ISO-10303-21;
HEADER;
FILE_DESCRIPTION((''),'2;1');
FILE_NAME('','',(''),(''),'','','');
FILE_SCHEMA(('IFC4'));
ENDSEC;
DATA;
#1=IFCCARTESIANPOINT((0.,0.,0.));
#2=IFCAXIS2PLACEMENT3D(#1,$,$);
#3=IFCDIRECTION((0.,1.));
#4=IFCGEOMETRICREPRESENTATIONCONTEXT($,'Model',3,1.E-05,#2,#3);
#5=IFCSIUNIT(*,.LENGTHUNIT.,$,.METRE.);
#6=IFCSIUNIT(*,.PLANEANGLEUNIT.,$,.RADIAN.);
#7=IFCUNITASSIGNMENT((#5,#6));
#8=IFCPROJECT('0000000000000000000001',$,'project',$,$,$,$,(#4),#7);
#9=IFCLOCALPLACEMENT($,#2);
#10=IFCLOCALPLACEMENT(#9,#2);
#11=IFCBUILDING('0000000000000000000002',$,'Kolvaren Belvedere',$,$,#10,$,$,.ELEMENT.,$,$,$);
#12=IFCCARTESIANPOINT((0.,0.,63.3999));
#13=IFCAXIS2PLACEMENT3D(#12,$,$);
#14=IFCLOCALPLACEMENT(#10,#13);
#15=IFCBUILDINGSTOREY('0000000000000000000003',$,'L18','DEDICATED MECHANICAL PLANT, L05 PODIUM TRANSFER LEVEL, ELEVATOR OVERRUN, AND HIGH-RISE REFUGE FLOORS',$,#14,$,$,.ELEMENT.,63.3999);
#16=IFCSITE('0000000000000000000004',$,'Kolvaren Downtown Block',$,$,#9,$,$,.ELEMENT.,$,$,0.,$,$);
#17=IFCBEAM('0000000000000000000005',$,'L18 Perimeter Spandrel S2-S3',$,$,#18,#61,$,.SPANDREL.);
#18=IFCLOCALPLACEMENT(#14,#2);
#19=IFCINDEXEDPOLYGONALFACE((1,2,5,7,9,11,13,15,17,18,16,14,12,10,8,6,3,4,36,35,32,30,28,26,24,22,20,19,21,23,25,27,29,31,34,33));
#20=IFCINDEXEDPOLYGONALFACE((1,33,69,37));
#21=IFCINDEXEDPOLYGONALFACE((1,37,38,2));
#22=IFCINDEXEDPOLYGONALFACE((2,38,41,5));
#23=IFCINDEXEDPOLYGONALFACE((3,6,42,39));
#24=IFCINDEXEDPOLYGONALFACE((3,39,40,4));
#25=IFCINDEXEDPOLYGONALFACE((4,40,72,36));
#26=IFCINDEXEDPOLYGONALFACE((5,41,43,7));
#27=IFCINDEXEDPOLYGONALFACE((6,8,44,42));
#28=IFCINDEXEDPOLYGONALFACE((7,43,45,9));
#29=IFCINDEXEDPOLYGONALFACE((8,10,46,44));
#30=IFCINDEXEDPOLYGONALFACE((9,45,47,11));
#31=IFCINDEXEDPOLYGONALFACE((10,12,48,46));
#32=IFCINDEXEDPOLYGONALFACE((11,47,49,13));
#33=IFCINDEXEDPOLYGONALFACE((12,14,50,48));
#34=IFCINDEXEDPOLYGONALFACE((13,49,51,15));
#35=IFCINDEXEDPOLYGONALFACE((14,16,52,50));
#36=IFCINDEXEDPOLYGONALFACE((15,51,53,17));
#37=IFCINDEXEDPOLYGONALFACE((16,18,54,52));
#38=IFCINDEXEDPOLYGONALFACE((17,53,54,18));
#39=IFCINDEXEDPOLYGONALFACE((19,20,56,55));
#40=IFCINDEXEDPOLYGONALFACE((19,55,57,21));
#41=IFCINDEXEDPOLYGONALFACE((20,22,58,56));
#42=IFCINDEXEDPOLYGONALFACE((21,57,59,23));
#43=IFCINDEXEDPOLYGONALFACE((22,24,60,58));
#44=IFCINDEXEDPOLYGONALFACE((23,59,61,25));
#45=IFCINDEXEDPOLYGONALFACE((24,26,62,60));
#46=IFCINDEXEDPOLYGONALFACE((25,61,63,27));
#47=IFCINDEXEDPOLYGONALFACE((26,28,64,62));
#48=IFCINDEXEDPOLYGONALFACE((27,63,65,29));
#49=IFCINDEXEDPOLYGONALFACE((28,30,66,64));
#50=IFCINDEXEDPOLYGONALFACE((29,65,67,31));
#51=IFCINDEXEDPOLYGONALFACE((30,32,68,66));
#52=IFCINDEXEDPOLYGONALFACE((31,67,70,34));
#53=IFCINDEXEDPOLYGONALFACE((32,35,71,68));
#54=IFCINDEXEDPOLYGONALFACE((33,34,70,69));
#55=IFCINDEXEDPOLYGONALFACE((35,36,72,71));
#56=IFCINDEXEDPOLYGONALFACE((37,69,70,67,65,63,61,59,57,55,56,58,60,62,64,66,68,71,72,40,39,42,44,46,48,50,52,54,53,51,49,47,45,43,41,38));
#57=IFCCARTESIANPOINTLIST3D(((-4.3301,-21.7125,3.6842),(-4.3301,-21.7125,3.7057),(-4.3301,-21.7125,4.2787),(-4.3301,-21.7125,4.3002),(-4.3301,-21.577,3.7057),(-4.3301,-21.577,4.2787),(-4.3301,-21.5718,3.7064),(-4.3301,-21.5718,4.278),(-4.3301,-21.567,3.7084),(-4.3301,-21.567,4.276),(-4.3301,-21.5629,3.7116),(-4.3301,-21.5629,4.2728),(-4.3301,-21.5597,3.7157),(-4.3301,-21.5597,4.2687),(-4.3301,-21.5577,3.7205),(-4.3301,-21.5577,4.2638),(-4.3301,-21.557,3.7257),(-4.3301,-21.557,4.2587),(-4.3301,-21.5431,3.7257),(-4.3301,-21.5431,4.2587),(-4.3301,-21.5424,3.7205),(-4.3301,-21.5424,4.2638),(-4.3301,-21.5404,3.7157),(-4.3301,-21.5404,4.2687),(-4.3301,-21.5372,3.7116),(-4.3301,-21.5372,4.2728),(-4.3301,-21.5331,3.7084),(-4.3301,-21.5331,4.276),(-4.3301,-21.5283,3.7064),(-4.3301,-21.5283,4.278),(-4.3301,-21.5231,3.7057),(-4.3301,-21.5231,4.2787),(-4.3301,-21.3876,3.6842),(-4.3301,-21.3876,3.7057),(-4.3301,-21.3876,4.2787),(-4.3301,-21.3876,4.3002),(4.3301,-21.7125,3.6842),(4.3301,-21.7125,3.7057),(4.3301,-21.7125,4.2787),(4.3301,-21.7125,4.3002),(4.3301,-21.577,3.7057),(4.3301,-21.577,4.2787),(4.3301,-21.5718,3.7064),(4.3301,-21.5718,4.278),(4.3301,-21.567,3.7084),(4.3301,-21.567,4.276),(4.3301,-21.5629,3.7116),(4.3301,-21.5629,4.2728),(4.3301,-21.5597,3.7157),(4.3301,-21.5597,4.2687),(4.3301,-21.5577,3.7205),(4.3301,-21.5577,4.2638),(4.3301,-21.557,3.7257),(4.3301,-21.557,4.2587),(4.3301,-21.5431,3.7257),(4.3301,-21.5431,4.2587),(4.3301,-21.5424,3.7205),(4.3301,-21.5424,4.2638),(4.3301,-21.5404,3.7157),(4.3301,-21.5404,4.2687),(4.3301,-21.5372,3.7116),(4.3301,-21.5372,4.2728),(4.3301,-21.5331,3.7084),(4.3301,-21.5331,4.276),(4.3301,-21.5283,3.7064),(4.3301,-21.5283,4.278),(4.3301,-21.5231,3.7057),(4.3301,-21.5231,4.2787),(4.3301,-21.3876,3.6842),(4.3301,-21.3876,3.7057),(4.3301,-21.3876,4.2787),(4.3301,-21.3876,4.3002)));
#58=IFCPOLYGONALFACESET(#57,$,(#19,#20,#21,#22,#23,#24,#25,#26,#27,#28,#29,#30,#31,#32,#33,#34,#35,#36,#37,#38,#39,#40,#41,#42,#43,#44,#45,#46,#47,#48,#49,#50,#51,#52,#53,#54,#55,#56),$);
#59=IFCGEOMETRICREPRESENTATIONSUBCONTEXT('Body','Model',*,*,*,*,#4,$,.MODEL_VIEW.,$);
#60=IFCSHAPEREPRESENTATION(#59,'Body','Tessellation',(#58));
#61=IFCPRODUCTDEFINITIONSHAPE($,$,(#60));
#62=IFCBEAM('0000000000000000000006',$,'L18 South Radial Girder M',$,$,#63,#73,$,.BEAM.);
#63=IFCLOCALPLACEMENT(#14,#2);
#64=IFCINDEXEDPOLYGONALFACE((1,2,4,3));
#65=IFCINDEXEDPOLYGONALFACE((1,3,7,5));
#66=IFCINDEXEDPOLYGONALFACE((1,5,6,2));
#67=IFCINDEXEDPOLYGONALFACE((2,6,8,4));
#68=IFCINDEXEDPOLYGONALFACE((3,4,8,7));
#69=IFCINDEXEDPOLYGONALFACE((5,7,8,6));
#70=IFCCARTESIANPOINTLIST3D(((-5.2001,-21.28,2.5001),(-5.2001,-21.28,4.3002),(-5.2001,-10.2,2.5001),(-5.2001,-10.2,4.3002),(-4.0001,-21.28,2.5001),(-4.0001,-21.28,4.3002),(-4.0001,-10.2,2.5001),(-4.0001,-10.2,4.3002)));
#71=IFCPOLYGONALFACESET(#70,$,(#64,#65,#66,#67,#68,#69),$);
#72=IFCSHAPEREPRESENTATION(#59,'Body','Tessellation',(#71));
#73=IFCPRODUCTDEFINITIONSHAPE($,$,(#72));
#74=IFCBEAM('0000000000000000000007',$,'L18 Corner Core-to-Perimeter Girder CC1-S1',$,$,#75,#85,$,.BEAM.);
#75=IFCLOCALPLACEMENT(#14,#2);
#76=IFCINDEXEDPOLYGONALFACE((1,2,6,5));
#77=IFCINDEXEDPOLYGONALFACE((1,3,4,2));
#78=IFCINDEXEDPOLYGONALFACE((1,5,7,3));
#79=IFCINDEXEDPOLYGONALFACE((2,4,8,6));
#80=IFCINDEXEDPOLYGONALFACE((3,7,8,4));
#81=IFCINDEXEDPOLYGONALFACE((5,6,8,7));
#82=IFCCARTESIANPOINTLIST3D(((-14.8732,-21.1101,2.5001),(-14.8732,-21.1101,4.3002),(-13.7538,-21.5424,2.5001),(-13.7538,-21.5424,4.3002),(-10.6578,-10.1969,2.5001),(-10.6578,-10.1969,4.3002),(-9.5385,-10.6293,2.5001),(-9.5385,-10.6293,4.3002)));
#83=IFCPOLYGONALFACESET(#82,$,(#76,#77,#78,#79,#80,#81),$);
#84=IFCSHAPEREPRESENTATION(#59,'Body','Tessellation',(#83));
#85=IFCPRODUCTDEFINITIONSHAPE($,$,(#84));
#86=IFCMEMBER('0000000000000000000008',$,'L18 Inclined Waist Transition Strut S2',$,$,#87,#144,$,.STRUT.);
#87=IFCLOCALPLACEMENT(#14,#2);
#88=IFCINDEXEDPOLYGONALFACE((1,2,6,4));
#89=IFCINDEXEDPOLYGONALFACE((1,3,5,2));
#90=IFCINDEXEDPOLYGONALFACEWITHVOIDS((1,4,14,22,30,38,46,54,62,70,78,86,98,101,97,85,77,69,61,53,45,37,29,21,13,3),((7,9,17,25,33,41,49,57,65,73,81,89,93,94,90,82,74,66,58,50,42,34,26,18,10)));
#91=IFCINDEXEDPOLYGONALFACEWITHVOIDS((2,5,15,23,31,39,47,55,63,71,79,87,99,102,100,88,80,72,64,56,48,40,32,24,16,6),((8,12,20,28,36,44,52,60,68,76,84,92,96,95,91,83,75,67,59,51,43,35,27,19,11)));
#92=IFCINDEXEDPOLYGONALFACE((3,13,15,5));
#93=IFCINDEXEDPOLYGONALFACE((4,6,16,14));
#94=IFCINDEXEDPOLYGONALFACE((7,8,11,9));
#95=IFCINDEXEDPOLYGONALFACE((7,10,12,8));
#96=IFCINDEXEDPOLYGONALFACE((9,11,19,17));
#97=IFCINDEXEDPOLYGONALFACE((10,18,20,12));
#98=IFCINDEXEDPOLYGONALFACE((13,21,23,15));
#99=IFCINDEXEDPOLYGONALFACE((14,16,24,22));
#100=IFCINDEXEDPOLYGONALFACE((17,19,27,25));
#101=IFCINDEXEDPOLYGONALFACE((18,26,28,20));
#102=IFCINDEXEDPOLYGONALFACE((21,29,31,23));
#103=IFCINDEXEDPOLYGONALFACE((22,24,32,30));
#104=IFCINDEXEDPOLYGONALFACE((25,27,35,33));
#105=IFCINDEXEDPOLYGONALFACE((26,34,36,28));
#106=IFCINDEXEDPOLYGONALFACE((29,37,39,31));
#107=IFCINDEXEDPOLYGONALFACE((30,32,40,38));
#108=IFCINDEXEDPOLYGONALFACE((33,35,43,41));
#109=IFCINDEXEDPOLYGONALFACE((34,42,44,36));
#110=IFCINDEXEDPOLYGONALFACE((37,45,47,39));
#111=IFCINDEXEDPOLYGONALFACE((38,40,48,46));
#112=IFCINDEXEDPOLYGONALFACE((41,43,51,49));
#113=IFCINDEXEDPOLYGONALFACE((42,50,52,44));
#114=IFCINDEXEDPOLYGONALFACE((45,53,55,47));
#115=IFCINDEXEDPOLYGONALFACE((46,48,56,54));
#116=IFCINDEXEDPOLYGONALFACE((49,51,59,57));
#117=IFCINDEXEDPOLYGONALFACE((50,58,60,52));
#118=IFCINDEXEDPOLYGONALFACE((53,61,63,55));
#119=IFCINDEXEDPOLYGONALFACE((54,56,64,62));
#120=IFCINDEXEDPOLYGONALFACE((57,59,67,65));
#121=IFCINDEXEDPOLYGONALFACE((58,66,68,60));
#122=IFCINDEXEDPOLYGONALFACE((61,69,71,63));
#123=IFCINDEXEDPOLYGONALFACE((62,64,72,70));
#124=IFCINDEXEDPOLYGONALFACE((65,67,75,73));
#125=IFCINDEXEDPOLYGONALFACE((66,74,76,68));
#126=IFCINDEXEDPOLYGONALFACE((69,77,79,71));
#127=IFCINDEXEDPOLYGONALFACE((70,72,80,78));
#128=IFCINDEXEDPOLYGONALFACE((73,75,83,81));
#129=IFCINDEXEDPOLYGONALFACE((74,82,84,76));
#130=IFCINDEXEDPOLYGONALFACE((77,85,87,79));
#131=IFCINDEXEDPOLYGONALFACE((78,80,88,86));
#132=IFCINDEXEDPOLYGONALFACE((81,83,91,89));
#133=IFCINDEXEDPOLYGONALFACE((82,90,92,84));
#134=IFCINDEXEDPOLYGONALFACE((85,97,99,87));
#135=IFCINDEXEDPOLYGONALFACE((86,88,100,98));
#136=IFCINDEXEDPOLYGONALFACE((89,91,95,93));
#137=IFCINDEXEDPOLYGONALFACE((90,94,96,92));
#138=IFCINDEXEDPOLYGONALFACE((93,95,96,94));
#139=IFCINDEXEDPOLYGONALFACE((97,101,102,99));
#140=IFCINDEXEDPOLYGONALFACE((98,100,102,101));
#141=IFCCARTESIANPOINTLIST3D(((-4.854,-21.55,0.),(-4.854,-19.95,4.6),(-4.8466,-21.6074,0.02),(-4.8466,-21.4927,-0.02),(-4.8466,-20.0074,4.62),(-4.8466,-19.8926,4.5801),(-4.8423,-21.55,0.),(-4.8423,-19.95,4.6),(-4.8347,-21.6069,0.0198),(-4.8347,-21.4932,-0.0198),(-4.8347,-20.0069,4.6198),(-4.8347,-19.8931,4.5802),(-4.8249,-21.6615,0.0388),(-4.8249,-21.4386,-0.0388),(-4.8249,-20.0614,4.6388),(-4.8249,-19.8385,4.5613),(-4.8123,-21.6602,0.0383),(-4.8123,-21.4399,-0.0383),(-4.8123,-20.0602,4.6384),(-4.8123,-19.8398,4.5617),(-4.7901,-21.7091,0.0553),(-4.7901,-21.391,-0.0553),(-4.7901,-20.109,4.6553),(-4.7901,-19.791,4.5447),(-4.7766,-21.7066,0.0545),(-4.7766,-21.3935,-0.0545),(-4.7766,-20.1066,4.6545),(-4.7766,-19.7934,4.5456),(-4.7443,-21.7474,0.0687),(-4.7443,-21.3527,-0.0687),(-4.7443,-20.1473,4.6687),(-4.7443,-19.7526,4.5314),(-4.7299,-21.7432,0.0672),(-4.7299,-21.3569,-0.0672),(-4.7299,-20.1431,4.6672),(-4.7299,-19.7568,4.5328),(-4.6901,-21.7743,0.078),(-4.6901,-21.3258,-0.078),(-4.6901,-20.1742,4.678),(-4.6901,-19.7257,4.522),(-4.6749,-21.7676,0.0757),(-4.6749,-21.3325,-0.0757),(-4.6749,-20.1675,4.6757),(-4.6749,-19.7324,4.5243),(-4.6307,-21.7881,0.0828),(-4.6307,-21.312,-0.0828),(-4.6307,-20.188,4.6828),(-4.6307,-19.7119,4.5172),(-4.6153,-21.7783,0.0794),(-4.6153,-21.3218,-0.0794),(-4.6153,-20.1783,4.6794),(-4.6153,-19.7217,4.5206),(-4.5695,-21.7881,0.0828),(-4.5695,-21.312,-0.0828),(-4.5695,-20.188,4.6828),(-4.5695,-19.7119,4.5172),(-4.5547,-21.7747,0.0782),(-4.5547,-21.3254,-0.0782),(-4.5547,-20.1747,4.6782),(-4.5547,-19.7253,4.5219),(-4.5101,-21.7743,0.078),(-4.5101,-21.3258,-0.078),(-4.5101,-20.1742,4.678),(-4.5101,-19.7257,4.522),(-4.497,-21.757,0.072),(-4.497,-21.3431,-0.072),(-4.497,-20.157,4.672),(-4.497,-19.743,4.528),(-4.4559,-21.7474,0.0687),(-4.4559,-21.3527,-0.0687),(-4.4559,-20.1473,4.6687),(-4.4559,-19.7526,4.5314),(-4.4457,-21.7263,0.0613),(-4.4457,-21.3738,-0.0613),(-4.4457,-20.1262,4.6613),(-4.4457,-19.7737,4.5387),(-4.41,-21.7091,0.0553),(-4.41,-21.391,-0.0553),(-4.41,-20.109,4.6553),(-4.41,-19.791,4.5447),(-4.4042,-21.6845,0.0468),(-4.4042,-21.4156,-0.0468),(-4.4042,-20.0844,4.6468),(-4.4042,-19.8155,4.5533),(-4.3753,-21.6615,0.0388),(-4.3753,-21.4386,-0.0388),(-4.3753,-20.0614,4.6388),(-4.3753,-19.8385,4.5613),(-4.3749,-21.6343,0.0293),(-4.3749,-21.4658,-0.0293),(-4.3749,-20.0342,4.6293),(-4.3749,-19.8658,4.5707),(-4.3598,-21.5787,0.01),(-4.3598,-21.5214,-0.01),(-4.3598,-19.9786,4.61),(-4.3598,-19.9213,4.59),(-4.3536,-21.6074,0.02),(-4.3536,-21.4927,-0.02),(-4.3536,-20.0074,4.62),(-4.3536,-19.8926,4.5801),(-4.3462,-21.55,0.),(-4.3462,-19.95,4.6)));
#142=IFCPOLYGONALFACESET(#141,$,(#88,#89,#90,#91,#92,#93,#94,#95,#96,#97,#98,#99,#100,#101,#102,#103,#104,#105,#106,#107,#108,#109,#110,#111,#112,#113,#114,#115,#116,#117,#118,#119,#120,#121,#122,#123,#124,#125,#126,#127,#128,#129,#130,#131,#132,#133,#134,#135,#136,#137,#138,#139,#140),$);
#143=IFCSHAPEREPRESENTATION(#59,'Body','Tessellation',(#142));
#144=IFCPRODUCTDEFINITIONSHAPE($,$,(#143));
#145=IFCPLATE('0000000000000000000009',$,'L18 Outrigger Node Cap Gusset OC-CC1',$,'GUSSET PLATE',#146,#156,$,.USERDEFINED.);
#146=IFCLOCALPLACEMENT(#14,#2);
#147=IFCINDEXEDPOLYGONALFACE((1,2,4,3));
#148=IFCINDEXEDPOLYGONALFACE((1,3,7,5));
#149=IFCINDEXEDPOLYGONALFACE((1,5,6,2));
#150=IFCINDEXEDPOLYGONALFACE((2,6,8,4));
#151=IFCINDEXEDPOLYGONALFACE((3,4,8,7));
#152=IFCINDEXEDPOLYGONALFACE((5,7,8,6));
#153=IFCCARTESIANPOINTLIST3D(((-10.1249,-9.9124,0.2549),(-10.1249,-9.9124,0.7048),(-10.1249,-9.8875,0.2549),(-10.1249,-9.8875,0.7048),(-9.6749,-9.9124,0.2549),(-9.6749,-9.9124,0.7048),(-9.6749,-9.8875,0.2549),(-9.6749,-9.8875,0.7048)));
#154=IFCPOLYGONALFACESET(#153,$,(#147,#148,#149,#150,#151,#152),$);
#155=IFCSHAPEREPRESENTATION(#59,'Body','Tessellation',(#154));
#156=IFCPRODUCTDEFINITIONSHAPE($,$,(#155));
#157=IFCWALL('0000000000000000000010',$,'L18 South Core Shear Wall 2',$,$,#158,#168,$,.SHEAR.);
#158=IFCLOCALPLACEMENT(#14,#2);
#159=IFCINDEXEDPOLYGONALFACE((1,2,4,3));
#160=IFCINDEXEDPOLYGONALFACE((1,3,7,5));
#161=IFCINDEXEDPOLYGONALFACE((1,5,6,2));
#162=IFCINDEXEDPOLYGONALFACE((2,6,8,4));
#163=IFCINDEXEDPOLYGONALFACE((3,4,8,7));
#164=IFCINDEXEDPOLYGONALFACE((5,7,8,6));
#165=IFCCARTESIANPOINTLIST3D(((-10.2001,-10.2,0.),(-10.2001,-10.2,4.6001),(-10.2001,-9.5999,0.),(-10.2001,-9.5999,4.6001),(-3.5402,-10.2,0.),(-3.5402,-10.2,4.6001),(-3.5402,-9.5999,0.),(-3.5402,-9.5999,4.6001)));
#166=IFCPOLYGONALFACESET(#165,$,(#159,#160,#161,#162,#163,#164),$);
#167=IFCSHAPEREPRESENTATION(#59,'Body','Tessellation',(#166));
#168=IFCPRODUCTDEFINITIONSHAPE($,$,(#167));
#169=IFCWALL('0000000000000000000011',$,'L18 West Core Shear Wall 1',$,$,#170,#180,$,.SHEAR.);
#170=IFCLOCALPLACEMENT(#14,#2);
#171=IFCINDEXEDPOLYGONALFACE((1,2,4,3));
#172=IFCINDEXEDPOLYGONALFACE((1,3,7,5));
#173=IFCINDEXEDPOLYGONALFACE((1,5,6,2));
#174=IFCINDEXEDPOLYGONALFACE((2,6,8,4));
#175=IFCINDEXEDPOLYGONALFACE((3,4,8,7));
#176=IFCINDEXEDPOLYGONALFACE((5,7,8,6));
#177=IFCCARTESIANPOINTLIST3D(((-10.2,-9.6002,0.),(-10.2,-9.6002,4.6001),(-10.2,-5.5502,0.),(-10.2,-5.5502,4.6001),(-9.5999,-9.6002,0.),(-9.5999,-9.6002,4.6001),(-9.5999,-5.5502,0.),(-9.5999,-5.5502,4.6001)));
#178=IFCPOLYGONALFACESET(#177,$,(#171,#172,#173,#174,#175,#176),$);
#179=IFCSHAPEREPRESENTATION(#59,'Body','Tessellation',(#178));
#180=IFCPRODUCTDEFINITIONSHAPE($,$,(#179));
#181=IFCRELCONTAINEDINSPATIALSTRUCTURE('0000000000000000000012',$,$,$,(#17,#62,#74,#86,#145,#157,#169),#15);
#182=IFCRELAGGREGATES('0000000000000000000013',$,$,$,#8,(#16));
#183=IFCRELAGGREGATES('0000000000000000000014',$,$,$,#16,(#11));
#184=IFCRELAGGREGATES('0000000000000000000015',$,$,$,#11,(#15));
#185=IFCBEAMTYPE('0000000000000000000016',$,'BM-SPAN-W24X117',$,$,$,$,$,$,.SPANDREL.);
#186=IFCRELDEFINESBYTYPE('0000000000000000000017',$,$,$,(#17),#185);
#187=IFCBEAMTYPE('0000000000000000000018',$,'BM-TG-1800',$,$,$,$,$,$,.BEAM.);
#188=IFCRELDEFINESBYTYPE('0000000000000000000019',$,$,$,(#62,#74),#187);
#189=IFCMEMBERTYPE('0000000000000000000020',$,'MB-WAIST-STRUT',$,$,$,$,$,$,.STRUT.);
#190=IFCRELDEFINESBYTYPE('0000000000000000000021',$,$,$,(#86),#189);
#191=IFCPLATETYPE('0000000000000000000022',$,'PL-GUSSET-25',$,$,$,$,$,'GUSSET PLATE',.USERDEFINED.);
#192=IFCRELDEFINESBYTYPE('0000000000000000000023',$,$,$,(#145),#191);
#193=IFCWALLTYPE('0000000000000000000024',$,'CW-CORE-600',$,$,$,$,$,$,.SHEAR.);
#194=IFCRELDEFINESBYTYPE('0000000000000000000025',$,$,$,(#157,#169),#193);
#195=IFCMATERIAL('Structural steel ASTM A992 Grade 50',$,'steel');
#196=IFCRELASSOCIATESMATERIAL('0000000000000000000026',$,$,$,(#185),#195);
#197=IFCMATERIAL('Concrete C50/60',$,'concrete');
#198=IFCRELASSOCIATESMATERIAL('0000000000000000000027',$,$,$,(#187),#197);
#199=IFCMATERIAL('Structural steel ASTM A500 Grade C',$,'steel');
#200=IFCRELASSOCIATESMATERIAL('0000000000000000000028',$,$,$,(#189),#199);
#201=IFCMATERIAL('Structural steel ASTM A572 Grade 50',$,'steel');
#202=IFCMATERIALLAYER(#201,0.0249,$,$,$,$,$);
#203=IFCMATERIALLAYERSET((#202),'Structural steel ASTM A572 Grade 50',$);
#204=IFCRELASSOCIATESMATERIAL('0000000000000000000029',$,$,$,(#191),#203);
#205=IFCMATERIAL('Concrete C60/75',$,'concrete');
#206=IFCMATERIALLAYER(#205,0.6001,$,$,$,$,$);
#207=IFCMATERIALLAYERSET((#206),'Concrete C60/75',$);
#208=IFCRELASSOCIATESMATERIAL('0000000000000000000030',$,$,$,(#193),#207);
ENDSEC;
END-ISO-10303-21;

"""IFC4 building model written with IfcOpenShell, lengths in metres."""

from ifc_helpers import new_model, si_unit, direction, frame, frame_2d, origin, origin_2d, place, context, subcontext, project, spatial, rectangle, hollow_circle, i_section, extrude, material, layer, layer_set, material_profile, profile_set, type_object, element, save


model = new_model("IFC4")

# Units and contexts
model_context = context("Model", 3, precision=1e-05, world=origin(), true_north=direction((0.0, 1.0)))
body_context = subcontext(model_context, "Body", "Model", "MODEL_VIEW")
ifc_project = project(units=[si_unit("LENGTHUNIT", "METRE"), si_unit("PLANEANGLEUNIT", "RADIAN")], contexts=[model_context])

# Site, building, storey
site_placement = place(None, origin())
site = spatial("IfcSite", under=ifc_project, at=site_placement, Name="Kolvaren Downtown Block", CompositionType="ELEMENT", RefElevation=0.0)
building_placement = place(site_placement, origin())
building = spatial("IfcBuilding", under=site, at=building_placement, Name="Kolvaren Belvedere", CompositionType="ELEMENT")
storey_placement = place(building_placement, frame((0.0, 0.0, 63.3999)))
storey = spatial("IfcBuildingStorey", under=building, at=storey_placement, Name="L18", Description="DEDICATED MECHANICAL PLANT, L05 PODIUM TRANSFER LEVEL, ELEVATOR OVERRUN, AND HIGH-RISE REFUGE FLOORS", CompositionType="ELEMENT", Elevation=63.3999)

# Beams
ifc_material_1 = material(Name="Structural steel ASTM A992 Grade 50", Category="steel")
ifc_material_profile_1 = material_profile(ifc_material_1, i_section(OverallWidth=0.325, OverallDepth=0.616, WebThickness=0.0139, FlangeThickness=0.0215, FilletRadius=0.02, at=origin_2d()), Name="W24X117")
ifc_profile_set_1 = profile_set([ifc_material_profile_1], Name="Structural steel ASTM A992 Grade 50")
beam_type_1 = type_object("IfcBeamType", Name="BM-SPAN-W24X117", PredefinedType="SPANDREL", material=ifc_profile_set_1)
beam_1_placement = place(storey_placement, frame((-4.3301, -21.55, 3.9922), z_axis=(1.0, 0.0, 0.0), x_axis=(0.0, 1.0, 0.0)))
element("IfcBeam", 1, at=beam_1_placement, inside=storey, type_object=beam_type_1, Name="L18 Perimeter Spandrel S2-S3", PredefinedType="SPANDREL", context=body_context, shape_type="SweptSolid", body=[
    extrude(i_section(OverallWidth=0.325, OverallDepth=0.616, WebThickness=0.0139, FlangeThickness=0.0215, FilletRadius=0.02, at=origin_2d()), origin(), (0.0, 0.0, 1.0), 8.6602),
])
ifc_material_2 = material(Name="Concrete C50/60", Category="concrete")
ifc_material_profile_2 = material_profile(ifc_material_2, rectangle(XDim=1.2, YDim=1.8, at=origin_2d()), Name="RC 1200X1800")
ifc_profile_set_2 = profile_set([ifc_material_profile_2], Name="Concrete C50/60")
beam_type_2 = type_object("IfcBeamType", Name="BM-TG-1800", PredefinedType="BEAM", material=ifc_profile_set_2)
beam_2_placement = place(storey_placement, frame((-4.6001, -10.2, 3.4001), z_axis=(0.0, -1.0, 0.0), x_axis=(1.0, 0.0, 0.0)))
element("IfcBeam", 2, at=beam_2_placement, inside=storey, type_object=beam_type_2, Name="L18 South Radial Girder M", PredefinedType="BEAM", context=body_context, shape_type="SweptSolid", body=[
    extrude(rectangle(XDim=1.2, YDim=1.8, at=origin_2d()), origin(), (0.0, 0.0, 1.0), 11.0801),
])
beam_3_placement = place(storey_placement, frame((-10.0981, -10.4131, 3.4001), z_axis=(-0.360318, -0.932829, 0.0), x_axis=(0.932829, -0.360318, 0.0)))
element("IfcBeam", 3, at=beam_3_placement, inside=storey, type_object=beam_type_2, Name="L18 Corner Core-to-Perimeter Girder CC1-S1", PredefinedType="BEAM", context=body_context, shape_type="SweptSolid", body=[
    extrude(rectangle(XDim=1.2, YDim=1.8, at=origin_2d()), origin(), (0.0, 0.0, 1.0), 11.699),
])

# Member
ifc_material_3 = material(Name="Structural steel ASTM A500 Grade C", Category="steel")
ifc_material_profile_3 = material_profile(ifc_material_3, hollow_circle(Radius=0.2539, WallThickness=0.0117, at=origin_2d()), Name="HSS20.000X0.500")
ifc_profile_set_3 = profile_set([ifc_material_profile_3], Name="Structural steel ASTM A500 Grade C")
member_type = type_object("IfcMemberType", Name="MB-WAIST-STRUT", PredefinedType="STRUT", material=ifc_profile_set_3)
member_placement = place(storey_placement, frame((-4.6001, -21.55, 0.0), z_axis=(0.0, 0.328532, 0.944493), x_axis=(-1.0, 0.0, 0.0)))
element("IfcMember", 4, at=member_placement, inside=storey, type_object=member_type, Name="L18 Inclined Waist Transition Strut S2", PredefinedType="STRUT", context=body_context, shape_type="SweptSolid", body=[
    extrude(hollow_circle(Radius=0.2539, WallThickness=0.0117, at=origin_2d()), origin(), (0.0, 0.0, 1.0), 4.8704),
])

# Plate
ifc_material_4 = material(Name="Structural steel ASTM A572 Grade 50", Category="steel")
ifc_layer_1 = layer(ifc_material_4, 0.0249)
ifc_layer_set_1 = layer_set([ifc_layer_1], Name="Structural steel ASTM A572 Grade 50")
plate_type = type_object("IfcPlateType", Name="PL-GUSSET-25", ElementType="GUSSET PLATE", PredefinedType="USERDEFINED", material=ifc_layer_set_1)
plate_placement = place(storey_placement, frame((-9.8999, -9.8999, 0.2549), z_axis=(0.0, 0.0, 1.0), x_axis=(1.0, 0.0, 0.0)))
element("IfcPlate", 5, at=plate_placement, inside=storey, type_object=plate_type, Name="L18 Outrigger Node Cap Gusset OC-CC1", ObjectType="GUSSET PLATE", PredefinedType="USERDEFINED", context=body_context, shape_type="SweptSolid", body=[
    extrude(rectangle(XDim=0.45, YDim=0.0249, at=origin_2d()), origin(), (0.0, 0.0, 1.0), 0.45),
])

# Walls
ifc_material_5 = material(Name="Concrete C60/75", Category="concrete")
ifc_layer_2 = layer(ifc_material_5, 0.6001)
ifc_layer_set_2 = layer_set([ifc_layer_2], Name="Concrete C60/75")
wall_type_1 = type_object("IfcWallType", Name="CW-CORE-600", PredefinedType="SHEAR", material=ifc_layer_set_2)
wall_1_placement = place(storey_placement, frame((-3.54, -9.8999, 0.0), z_axis=(0.0, 0.0, 1.0), x_axis=(-1.0, 0.0, 0.0)))
element("IfcWall", 6, at=wall_1_placement, inside=storey, type_object=wall_type_1, Name="L18 South Core Shear Wall 2", PredefinedType="SHEAR", context=body_context, shape_type="SweptSolid", body=[
    extrude(rectangle(XDim=6.6599, YDim=0.6001, at=frame_2d((3.3301, 0.0))), origin(), (0.0, 0.0, 1.0), 4.6001),
])
wall_2_placement = place(storey_placement, frame((-9.8999, -9.6001, 0.0), z_axis=(0.0, 0.0, 1.0), x_axis=(0.0, 1.0, 0.0)))
element("IfcWall", 7, at=wall_2_placement, inside=storey, type_object=wall_type_1, Name="L18 West Core Shear Wall 1", PredefinedType="SHEAR", context=body_context, shape_type="SweptSolid", body=[
    extrude(rectangle(XDim=4.05, YDim=0.6001, at=frame_2d((2.0249, 0.0))), origin(), (0.0, 0.0, 1.0), 4.6001),
])

save(model, "model.ifc")
